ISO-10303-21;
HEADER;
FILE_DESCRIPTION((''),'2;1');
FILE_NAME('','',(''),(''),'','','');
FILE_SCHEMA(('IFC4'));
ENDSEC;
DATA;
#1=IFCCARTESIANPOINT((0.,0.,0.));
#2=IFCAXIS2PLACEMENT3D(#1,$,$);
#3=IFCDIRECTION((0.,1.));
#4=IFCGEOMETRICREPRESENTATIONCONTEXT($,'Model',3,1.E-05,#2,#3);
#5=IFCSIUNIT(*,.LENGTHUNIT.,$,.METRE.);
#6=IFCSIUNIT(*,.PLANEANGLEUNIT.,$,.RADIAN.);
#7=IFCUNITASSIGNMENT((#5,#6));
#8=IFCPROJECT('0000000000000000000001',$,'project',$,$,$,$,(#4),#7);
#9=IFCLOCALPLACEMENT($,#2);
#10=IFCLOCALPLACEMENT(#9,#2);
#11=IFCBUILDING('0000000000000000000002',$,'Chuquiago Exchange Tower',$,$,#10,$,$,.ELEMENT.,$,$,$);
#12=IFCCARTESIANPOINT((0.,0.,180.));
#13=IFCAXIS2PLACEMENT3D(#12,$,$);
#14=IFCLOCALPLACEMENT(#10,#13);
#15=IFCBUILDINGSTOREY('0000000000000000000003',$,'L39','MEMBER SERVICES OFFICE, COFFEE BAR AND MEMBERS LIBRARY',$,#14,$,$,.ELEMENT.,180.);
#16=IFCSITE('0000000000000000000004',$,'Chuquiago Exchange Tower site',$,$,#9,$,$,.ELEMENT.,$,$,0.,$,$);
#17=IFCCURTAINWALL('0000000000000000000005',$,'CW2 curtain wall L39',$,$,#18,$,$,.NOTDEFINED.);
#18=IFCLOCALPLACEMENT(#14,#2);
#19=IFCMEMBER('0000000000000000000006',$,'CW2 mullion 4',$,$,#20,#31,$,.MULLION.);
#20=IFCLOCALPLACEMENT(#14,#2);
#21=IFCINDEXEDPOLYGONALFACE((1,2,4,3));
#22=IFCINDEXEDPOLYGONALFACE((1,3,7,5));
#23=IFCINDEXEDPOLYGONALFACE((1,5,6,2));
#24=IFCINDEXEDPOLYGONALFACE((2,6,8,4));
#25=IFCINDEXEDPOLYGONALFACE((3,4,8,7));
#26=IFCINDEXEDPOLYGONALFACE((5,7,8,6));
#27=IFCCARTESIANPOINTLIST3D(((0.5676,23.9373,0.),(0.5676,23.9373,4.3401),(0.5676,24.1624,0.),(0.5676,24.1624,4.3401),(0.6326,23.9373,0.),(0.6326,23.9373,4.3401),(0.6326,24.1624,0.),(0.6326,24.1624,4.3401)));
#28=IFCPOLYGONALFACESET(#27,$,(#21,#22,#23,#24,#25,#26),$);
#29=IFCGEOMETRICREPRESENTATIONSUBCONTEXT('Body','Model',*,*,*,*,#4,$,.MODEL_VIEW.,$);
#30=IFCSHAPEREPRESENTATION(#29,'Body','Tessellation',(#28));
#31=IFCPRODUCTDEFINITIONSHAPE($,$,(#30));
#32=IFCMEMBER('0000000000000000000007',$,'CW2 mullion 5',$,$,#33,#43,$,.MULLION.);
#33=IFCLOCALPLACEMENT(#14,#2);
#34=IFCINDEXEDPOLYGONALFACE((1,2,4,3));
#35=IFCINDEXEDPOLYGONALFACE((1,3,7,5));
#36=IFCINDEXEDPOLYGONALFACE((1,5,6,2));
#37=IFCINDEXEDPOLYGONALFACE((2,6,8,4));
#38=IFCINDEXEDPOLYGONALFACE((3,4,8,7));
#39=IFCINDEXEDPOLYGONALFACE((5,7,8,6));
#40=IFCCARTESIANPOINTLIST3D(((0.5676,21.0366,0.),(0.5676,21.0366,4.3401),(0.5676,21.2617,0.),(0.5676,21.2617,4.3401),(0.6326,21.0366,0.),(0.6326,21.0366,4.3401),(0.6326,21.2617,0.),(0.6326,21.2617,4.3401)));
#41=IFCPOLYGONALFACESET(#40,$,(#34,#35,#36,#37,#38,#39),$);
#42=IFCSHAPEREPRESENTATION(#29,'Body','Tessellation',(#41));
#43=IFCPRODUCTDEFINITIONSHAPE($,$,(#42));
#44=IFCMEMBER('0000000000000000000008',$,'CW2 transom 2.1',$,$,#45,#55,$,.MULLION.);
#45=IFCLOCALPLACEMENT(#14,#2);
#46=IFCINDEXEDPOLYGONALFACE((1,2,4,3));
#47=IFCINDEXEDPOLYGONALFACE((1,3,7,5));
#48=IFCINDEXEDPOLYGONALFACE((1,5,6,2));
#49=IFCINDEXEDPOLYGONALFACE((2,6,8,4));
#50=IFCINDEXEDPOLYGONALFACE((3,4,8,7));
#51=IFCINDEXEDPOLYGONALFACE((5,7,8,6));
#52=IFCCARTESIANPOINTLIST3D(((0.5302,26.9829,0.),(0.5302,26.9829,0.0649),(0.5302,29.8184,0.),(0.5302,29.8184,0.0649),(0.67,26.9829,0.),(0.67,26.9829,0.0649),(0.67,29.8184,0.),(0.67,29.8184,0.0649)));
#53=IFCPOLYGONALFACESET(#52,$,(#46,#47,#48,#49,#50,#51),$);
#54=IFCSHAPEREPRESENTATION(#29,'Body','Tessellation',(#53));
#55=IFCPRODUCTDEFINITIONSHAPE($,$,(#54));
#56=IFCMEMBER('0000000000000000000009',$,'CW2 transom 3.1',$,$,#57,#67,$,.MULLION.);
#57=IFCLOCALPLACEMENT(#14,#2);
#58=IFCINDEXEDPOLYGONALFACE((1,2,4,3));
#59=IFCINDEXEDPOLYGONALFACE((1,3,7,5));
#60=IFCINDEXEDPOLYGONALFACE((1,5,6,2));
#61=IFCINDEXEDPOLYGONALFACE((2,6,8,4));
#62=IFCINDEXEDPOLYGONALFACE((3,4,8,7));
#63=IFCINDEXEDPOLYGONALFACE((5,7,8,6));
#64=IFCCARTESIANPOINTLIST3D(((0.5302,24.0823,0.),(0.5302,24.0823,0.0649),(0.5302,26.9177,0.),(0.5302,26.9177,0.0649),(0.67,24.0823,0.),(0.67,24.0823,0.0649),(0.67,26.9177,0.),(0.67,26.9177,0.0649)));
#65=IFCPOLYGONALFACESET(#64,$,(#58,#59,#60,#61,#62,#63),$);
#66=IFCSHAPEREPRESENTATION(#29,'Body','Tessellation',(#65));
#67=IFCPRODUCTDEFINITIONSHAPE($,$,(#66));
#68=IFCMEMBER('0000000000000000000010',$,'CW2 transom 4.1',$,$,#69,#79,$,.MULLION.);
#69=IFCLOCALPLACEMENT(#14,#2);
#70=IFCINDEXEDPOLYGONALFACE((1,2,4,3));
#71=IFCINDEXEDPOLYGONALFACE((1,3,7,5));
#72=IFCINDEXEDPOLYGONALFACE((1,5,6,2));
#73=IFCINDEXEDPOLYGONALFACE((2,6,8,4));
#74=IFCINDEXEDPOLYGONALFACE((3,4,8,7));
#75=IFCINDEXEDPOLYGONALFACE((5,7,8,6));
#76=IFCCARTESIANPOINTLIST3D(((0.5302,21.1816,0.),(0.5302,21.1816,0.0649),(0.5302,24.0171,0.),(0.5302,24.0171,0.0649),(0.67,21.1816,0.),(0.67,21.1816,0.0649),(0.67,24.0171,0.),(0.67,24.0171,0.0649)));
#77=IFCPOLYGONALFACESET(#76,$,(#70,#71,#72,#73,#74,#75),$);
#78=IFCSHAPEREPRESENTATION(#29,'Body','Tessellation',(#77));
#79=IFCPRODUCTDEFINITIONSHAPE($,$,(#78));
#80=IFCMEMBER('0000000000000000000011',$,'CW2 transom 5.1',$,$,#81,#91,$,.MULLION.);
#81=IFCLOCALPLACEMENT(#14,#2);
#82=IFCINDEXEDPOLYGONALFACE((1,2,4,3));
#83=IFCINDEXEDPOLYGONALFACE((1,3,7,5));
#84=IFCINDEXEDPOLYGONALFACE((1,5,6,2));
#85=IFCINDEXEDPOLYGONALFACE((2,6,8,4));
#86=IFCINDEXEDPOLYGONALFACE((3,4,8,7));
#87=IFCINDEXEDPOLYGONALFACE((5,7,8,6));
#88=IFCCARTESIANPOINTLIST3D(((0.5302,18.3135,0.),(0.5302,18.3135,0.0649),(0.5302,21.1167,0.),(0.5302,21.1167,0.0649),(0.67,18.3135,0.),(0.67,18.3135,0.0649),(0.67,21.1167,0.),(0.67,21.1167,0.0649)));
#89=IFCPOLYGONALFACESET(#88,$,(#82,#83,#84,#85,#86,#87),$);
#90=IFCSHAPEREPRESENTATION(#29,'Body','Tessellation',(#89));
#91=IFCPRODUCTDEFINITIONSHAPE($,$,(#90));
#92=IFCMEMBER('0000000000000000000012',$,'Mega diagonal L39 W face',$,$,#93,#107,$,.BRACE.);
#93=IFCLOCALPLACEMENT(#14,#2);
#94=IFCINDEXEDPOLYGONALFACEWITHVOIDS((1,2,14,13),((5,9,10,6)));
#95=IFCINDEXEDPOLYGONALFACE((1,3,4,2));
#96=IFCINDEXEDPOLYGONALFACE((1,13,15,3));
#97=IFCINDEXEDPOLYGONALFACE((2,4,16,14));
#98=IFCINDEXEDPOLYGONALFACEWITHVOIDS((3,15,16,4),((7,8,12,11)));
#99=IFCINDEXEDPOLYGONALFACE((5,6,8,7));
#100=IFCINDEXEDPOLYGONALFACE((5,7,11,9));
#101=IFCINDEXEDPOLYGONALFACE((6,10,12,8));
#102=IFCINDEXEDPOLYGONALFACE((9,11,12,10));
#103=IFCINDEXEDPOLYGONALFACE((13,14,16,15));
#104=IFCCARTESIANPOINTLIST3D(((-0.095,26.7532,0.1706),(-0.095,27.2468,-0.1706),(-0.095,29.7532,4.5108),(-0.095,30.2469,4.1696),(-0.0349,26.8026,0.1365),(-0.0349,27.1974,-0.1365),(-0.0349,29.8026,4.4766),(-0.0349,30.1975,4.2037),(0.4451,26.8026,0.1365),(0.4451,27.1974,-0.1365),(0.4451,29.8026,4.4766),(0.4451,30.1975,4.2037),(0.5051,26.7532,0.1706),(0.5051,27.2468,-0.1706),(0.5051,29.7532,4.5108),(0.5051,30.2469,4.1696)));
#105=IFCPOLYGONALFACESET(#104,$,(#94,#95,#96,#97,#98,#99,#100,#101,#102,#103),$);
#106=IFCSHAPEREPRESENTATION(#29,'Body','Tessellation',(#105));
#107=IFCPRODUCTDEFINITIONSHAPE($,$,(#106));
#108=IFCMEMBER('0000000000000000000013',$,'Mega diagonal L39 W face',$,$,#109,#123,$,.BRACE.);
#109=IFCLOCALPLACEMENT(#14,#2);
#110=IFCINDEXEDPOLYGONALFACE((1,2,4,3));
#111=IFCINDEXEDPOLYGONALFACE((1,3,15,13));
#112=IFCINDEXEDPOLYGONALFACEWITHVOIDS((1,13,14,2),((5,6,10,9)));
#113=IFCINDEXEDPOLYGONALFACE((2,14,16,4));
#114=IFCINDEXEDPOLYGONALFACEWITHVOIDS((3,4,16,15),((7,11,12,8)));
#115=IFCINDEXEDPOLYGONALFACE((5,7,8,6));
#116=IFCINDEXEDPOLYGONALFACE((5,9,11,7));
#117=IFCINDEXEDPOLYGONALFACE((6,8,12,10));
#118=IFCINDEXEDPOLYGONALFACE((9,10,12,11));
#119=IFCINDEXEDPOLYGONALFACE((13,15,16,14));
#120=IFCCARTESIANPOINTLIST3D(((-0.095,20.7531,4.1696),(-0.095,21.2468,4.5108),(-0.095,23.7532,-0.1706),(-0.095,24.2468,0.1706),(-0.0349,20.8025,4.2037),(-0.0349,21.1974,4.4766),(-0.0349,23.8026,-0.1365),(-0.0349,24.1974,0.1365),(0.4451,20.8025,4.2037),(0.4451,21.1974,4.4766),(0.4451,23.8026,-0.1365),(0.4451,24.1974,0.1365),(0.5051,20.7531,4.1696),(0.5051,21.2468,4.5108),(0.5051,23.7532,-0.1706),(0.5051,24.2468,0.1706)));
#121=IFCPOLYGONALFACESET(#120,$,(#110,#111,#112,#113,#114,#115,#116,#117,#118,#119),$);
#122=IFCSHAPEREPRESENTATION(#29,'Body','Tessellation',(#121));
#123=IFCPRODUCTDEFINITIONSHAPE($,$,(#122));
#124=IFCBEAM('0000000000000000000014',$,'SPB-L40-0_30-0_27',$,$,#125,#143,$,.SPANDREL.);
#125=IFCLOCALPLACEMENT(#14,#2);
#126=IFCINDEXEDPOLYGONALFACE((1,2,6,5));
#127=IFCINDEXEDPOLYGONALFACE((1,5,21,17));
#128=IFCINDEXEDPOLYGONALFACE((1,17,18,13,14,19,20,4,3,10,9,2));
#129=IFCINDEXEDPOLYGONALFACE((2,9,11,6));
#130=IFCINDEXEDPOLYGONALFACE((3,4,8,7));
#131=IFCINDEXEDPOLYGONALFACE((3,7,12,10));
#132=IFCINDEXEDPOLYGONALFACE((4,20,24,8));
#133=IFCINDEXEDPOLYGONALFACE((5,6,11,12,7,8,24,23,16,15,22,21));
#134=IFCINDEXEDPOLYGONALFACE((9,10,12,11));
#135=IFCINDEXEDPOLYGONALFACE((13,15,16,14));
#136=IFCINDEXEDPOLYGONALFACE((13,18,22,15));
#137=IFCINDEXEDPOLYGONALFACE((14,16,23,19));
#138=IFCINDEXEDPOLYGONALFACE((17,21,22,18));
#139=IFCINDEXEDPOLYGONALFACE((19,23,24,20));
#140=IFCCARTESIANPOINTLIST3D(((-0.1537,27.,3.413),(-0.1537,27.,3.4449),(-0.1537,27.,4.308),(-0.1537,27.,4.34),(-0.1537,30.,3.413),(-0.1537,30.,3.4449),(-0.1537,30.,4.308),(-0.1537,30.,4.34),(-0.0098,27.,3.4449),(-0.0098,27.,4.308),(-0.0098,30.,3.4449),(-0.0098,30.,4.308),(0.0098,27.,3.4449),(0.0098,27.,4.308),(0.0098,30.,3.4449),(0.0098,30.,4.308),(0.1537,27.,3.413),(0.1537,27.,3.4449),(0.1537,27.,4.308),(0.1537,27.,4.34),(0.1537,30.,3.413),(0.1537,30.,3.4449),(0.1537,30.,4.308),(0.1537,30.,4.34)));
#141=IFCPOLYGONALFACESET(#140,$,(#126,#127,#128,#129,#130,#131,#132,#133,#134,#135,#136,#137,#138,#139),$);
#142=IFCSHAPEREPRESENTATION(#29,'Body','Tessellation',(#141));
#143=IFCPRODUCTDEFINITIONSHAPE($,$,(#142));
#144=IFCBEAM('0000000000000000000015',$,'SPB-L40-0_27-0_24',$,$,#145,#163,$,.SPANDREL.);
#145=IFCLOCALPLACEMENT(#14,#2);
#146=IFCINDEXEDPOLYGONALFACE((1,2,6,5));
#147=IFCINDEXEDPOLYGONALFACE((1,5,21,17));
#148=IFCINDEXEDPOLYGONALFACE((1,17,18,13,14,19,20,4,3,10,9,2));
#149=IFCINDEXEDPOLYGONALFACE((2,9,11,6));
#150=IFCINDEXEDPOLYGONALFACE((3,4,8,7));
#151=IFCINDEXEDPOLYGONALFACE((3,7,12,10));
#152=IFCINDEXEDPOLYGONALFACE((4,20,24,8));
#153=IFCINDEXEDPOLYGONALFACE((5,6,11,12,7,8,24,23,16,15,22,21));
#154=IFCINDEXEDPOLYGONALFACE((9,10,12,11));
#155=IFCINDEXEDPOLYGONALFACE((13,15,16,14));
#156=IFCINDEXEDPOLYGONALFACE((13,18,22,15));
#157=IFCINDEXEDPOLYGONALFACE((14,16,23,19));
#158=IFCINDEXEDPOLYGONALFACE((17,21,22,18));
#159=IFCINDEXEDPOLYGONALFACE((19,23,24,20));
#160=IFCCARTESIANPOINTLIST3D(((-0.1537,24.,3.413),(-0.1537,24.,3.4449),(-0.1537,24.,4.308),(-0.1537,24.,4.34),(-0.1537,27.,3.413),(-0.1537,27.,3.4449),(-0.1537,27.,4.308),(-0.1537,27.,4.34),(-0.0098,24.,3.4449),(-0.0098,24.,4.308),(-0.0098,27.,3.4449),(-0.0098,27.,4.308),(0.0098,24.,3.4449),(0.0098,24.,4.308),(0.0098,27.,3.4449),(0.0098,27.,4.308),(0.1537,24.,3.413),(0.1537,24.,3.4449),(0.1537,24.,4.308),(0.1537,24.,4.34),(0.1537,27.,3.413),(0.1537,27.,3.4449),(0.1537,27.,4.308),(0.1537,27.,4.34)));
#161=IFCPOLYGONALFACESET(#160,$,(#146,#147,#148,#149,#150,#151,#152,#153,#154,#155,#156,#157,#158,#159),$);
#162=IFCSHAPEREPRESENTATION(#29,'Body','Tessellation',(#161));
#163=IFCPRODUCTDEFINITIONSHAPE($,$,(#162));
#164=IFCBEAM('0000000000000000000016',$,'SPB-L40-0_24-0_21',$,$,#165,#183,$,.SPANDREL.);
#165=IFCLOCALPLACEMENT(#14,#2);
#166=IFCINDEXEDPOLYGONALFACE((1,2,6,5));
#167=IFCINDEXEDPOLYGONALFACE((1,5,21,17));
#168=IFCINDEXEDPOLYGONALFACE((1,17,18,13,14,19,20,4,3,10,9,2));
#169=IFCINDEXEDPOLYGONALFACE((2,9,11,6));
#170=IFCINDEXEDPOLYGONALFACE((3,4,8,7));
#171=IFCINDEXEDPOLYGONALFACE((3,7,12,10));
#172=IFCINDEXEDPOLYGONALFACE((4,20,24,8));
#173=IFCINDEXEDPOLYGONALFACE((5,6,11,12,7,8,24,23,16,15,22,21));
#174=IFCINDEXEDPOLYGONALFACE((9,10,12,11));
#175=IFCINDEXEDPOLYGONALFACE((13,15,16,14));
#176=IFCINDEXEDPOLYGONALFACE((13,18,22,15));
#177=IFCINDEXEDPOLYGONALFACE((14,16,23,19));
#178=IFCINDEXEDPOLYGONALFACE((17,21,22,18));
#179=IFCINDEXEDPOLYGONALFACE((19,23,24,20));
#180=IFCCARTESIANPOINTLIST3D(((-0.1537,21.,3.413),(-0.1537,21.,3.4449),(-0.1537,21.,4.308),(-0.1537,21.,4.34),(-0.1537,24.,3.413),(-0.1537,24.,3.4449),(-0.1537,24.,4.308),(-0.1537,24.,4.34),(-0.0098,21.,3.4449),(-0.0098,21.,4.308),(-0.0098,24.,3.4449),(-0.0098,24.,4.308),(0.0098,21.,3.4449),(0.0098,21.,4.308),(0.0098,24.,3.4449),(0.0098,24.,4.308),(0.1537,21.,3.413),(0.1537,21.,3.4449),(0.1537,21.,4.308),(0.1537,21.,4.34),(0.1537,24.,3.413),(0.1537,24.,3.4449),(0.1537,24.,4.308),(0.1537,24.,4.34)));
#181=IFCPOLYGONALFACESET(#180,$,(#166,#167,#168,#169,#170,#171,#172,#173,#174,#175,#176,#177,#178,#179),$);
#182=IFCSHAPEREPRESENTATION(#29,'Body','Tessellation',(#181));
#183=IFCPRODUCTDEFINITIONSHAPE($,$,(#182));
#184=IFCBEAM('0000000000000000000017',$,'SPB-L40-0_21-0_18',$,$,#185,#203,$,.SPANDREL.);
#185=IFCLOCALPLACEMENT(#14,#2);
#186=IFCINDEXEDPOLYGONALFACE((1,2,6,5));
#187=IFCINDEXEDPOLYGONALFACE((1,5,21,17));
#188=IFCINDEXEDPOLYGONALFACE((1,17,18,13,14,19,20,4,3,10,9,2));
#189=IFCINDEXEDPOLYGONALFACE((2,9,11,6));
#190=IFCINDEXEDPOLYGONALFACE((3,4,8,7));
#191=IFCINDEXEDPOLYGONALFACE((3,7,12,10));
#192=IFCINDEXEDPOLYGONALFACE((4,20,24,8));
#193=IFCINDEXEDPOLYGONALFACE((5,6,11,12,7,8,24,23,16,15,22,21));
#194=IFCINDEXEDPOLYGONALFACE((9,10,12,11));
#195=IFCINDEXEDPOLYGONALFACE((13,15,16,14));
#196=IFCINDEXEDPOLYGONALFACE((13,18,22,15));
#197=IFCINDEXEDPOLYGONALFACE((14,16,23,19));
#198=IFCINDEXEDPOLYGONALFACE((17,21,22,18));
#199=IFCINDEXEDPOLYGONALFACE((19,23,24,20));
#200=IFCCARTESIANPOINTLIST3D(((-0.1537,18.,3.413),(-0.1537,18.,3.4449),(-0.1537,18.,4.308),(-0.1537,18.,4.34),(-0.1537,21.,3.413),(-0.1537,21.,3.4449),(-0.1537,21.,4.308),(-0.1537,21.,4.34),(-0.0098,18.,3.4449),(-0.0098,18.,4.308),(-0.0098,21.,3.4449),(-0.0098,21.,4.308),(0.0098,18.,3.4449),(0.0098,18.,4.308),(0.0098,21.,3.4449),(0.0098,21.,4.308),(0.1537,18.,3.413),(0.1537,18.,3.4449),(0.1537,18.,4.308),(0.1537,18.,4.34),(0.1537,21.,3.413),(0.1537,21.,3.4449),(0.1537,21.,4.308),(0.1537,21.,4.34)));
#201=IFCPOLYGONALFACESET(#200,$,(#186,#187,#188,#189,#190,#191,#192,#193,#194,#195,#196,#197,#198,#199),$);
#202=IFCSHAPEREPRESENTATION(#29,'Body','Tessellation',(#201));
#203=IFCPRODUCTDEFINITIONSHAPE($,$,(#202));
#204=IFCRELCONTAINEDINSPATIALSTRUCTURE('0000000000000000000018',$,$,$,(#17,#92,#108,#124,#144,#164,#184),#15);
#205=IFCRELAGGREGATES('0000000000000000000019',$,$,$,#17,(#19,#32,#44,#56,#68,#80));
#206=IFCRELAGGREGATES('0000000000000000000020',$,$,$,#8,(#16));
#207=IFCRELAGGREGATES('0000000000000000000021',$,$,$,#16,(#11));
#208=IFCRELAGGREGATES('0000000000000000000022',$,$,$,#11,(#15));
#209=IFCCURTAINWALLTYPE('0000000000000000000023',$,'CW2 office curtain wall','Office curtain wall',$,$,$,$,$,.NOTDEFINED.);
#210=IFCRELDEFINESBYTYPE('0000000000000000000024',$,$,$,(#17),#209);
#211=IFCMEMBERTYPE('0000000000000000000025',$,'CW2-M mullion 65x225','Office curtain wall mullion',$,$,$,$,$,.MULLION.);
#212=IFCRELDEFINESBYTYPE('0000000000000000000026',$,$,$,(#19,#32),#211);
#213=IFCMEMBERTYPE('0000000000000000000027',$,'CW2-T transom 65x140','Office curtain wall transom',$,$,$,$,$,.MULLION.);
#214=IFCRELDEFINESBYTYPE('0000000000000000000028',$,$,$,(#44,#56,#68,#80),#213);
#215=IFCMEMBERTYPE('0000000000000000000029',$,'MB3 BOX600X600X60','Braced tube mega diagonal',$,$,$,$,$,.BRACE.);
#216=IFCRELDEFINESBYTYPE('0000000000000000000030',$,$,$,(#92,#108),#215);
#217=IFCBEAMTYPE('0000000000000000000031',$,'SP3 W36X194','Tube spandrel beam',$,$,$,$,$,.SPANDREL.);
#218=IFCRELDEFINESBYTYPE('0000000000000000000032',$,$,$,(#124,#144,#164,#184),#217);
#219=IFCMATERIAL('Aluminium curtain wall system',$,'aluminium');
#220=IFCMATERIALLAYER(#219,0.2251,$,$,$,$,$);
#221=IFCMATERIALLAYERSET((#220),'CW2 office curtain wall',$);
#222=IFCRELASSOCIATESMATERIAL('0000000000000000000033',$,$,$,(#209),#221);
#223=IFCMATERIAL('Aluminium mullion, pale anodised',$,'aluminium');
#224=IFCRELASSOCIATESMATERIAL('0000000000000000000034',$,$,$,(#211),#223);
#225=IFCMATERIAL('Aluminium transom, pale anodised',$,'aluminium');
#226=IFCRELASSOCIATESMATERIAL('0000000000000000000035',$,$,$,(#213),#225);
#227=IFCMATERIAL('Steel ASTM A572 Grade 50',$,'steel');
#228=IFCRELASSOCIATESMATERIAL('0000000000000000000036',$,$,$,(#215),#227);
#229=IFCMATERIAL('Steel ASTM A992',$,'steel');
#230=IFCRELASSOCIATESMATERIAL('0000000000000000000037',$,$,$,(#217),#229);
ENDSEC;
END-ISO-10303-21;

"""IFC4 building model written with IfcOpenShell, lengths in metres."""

from ifc_helpers import new_model, si_unit, direction, frame, origin, origin_2d, place, context, subcontext, project, spatial, rectangle, hollow_rectangle, i_section, extrude, material, layer, layer_set, material_profile, profile_set, type_object, element, aggregate, save


model = new_model("IFC4")

# Units and contexts
model_context = context("Model", 3, precision=1e-05, world=origin(), true_north=direction((0.0, 1.0)))
body_context = subcontext(model_context, "Body", "Model", "MODEL_VIEW")
ifc_project = project(units=[si_unit("LENGTHUNIT", "METRE"), si_unit("PLANEANGLEUNIT", "RADIAN")], contexts=[model_context])

# Site, building, storey
site_placement = place(None, origin())
site = spatial("IfcSite", under=ifc_project, at=site_placement, Name="Chuquiago Exchange Tower site", CompositionType="ELEMENT", RefElevation=0.0)
building_placement = place(site_placement, origin())
building = spatial("IfcBuilding", under=site, at=building_placement, Name="Chuquiago Exchange Tower", CompositionType="ELEMENT")
storey_placement = place(building_placement, frame((0.0, 0.0, 180.0)))
storey = spatial("IfcBuildingStorey", under=building, at=storey_placement, Name="L39", Description="MEMBER SERVICES OFFICE, COFFEE BAR AND MEMBERS LIBRARY", CompositionType="ELEMENT", Elevation=180.0)

# Curtain wall, members
ifc_material_1 = material(Name="Aluminium curtain wall system", Category="aluminium")
ifc_layer_1 = layer(ifc_material_1, 0.2251)
ifc_layer_set_1 = layer_set([ifc_layer_1], Name="CW2 office curtain wall")
curtain_wall_type = type_object("IfcCurtainWallType", Name="CW2 office curtain wall", Description="Office curtain wall", PredefinedType="NOTDEFINED", material=ifc_layer_set_1)
curtain_wall_placement = place(storey_placement, origin())
curtain_wall = element("IfcCurtainWall", 1, at=curtain_wall_placement, inside=storey, type_object=curtain_wall_type, Name="CW2 curtain wall L39", PredefinedType="NOTDEFINED")
ifc_material_2 = material(Name="Aluminium mullion, pale anodised", Category="aluminium")
ifc_material_profile_1 = material_profile(ifc_material_2, rectangle(XDim=0.0649, YDim=0.2251, at=origin_2d()), Name="AL 65x225")
ifc_profile_set_1 = profile_set([ifc_material_profile_1], Name="Aluminium mullion, pale anodised")
member_type_1 = type_object("IfcMemberType", Name="CW2-M mullion 65x225", Description="Office curtain wall mullion", PredefinedType="MULLION", material=ifc_profile_set_1)
member_1_placement = place(storey_placement, frame((0.6001, 24.0498, 0.0), z_axis=(0.0, 0.0, 1.0), x_axis=(1.0, 0.0, 0.0)))
member_1 = element("IfcMember", 2, at=member_1_placement, type_object=member_type_1, Name="CW2 mullion 4", PredefinedType="MULLION", context=body_context, shape_type="SweptSolid", body=[
    extrude(rectangle(XDim=0.0649, YDim=0.2251, at=origin_2d()), origin(), (0.0, 0.0, 1.0), 4.3401),
])
member_2_placement = place(storey_placement, frame((0.6001, 21.1492, 0.0), z_axis=(0.0, 0.0, 1.0), x_axis=(1.0, 0.0, 0.0)))
member_2 = element("IfcMember", 3, at=member_2_placement, type_object=member_type_1, Name="CW2 mullion 5", PredefinedType="MULLION", context=body_context, shape_type="SweptSolid", body=[
    extrude(rectangle(XDim=0.0649, YDim=0.2251, at=origin_2d()), origin(), (0.0, 0.0, 1.0), 4.3401),
])
ifc_material_3 = material(Name="Aluminium transom, pale anodised", Category="aluminium")
ifc_material_profile_2 = material_profile(ifc_material_3, rectangle(XDim=0.1399, YDim=0.0649, at=origin_2d()), Name="AL 140x65")
ifc_profile_set_2 = profile_set([ifc_material_profile_2], Name="Aluminium transom, pale anodised")
member_type_2 = type_object("IfcMemberType", Name="CW2-T transom 65x140", Description="Office curtain wall transom", PredefinedType="MULLION", material=ifc_profile_set_2)
member_3_placement = place(storey_placement, frame((0.6001, 29.8184, 0.0325), z_axis=(0.0, -1.0, 0.0), x_axis=(1.0, 0.0, 0.0)))
member_3 = element("IfcMember", 4, at=member_3_placement, type_object=member_type_2, Name="CW2 transom 2.1", PredefinedType="MULLION", context=body_context, shape_type="SweptSolid", body=[
    extrude(rectangle(XDim=0.1399, YDim=0.0649, at=origin_2d()), origin(), (0.0, 0.0, 1.0), 2.8354),
])
member_4_placement = place(storey_placement, frame((0.6001, 26.9177, 0.0325), z_axis=(0.0, -1.0, 0.0), x_axis=(1.0, 0.0, 0.0)))
member_4 = element("IfcMember", 5, at=member_4_placement, type_object=member_type_2, Name="CW2 transom 3.1", PredefinedType="MULLION", context=body_context, shape_type="SweptSolid", body=[
    extrude(rectangle(XDim=0.1399, YDim=0.0649, at=origin_2d()), origin(), (0.0, 0.0, 1.0), 2.8354),
])
member_5_placement = place(storey_placement, frame((0.6001, 24.0171, 0.0325), z_axis=(0.0, -1.0, 0.0), x_axis=(1.0, 0.0, 0.0)))
member_5 = element("IfcMember", 6, at=member_5_placement, type_object=member_type_2, Name="CW2 transom 4.1", PredefinedType="MULLION", context=body_context, shape_type="SweptSolid", body=[
    extrude(rectangle(XDim=0.1399, YDim=0.0649, at=origin_2d()), origin(), (0.0, 0.0, 1.0), 2.8354),
])
member_6_placement = place(storey_placement, frame((0.6001, 21.1167, 0.0325), z_axis=(0.0, -1.0, 0.0), x_axis=(1.0, 0.0, 0.0)))
member_6 = element("IfcMember", 7, at=member_6_placement, type_object=member_type_2, Name="CW2 transom 5.1", PredefinedType="MULLION", context=body_context, shape_type="SweptSolid", body=[
    extrude(rectangle(XDim=0.1399, YDim=0.0649, at=origin_2d()), origin(), (0.0, 0.0, 1.0), 2.8032),
])

# Members
ifc_material_4 = material(Name="Steel ASTM A572 Grade 50", Category="steel")
ifc_material_profile_3 = material_profile(ifc_material_4, hollow_rectangle(XDim=0.6001, YDim=0.6001, WallThickness=0.0601, at=origin_2d()), Name="BOX600X600X60")
ifc_profile_set_3 = profile_set([ifc_material_profile_3], Name="Steel ASTM A572 Grade 50")
member_type_3 = type_object("IfcMemberType", Name="MB3 BOX600X600X60", Description="Braced tube mega diagonal", PredefinedType="BRACE", material=ifc_profile_set_3)
for number, where, z_axis, x_axis, name in (
    (8, (0.2051, 27.0, 0.0), (0.0, 0.568611, 0.822607), (-1.0, 0.0, 0.0), "Mega diagonal L39 W face"),
    (9, (0.2051, 24.0, 0.0), (0.0, -0.568611, 0.822607), (1.0, 0.0, 0.0), "Mega diagonal L39 W face"),
):
    element("IfcMember", number, at=place(storey_placement, frame(where, z_axis=z_axis, x_axis=x_axis)), inside=storey, type_object=member_type_3, Name=name, PredefinedType="BRACE", context=body_context, shape_type="SweptSolid", body=[
        extrude(hollow_rectangle(XDim=0.6001, YDim=0.6001, WallThickness=0.0601, at=origin_2d()), origin(), (0.0, 0.0, 1.0), 5.2761),
    ])

# Beams
ifc_material_5 = material(Name="Steel ASTM A992", Category="steel")
ifc_material_profile_4 = material_profile(ifc_material_5, i_section(OverallWidth=0.3074, OverallDepth=0.927, WebThickness=0.0195, FlangeThickness=0.032, at=origin_2d()), Name="W36X194")
ifc_profile_set_4 = profile_set([ifc_material_profile_4], Name="Steel ASTM A992")
beam_type_1 = type_object("IfcBeamType", Name="SP3 W36X194", Description="Tube spandrel beam", PredefinedType="SPANDREL", material=ifc_profile_set_4)
for number, where, z_axis, x_axis, name in (
    (10, (0.0, 30.0, 3.8765), (0.0, -1.0, 0.0), (1.0, 0.0, 0.0), "SPB-L40-0_30-0_27"),
    (11, (0.0, 27.0, 3.8765), (0.0, -1.0, 0.0), (1.0, 0.0, 0.0), "SPB-L40-0_27-0_24"),
    (12, (0.0, 24.0, 3.8765), (0.0, -1.0, 0.0), (1.0, 0.0, 0.0), "SPB-L40-0_24-0_21"),
    (13, (0.0, 21.0, 3.8765), (0.0, -1.0, 0.0), (1.0, 0.0, 0.0), "SPB-L40-0_21-0_18"),
):
    element("IfcBeam", number, at=place(storey_placement, frame(where, z_axis=z_axis, x_axis=x_axis)), inside=storey, type_object=beam_type_1, Name=name, PredefinedType="SPANDREL", context=body_context, shape_type="SweptSolid", body=[
        extrude(i_section(OverallWidth=0.3074, OverallDepth=0.927, WebThickness=0.0195, FlangeThickness=0.032, at=origin_2d()), origin(), (0.0, 0.0, 1.0), 3.0),
    ])

aggregate(curtain_wall, [member_1, member_2, member_3, member_4, member_5, member_6])

save(model, "model.ifc")
